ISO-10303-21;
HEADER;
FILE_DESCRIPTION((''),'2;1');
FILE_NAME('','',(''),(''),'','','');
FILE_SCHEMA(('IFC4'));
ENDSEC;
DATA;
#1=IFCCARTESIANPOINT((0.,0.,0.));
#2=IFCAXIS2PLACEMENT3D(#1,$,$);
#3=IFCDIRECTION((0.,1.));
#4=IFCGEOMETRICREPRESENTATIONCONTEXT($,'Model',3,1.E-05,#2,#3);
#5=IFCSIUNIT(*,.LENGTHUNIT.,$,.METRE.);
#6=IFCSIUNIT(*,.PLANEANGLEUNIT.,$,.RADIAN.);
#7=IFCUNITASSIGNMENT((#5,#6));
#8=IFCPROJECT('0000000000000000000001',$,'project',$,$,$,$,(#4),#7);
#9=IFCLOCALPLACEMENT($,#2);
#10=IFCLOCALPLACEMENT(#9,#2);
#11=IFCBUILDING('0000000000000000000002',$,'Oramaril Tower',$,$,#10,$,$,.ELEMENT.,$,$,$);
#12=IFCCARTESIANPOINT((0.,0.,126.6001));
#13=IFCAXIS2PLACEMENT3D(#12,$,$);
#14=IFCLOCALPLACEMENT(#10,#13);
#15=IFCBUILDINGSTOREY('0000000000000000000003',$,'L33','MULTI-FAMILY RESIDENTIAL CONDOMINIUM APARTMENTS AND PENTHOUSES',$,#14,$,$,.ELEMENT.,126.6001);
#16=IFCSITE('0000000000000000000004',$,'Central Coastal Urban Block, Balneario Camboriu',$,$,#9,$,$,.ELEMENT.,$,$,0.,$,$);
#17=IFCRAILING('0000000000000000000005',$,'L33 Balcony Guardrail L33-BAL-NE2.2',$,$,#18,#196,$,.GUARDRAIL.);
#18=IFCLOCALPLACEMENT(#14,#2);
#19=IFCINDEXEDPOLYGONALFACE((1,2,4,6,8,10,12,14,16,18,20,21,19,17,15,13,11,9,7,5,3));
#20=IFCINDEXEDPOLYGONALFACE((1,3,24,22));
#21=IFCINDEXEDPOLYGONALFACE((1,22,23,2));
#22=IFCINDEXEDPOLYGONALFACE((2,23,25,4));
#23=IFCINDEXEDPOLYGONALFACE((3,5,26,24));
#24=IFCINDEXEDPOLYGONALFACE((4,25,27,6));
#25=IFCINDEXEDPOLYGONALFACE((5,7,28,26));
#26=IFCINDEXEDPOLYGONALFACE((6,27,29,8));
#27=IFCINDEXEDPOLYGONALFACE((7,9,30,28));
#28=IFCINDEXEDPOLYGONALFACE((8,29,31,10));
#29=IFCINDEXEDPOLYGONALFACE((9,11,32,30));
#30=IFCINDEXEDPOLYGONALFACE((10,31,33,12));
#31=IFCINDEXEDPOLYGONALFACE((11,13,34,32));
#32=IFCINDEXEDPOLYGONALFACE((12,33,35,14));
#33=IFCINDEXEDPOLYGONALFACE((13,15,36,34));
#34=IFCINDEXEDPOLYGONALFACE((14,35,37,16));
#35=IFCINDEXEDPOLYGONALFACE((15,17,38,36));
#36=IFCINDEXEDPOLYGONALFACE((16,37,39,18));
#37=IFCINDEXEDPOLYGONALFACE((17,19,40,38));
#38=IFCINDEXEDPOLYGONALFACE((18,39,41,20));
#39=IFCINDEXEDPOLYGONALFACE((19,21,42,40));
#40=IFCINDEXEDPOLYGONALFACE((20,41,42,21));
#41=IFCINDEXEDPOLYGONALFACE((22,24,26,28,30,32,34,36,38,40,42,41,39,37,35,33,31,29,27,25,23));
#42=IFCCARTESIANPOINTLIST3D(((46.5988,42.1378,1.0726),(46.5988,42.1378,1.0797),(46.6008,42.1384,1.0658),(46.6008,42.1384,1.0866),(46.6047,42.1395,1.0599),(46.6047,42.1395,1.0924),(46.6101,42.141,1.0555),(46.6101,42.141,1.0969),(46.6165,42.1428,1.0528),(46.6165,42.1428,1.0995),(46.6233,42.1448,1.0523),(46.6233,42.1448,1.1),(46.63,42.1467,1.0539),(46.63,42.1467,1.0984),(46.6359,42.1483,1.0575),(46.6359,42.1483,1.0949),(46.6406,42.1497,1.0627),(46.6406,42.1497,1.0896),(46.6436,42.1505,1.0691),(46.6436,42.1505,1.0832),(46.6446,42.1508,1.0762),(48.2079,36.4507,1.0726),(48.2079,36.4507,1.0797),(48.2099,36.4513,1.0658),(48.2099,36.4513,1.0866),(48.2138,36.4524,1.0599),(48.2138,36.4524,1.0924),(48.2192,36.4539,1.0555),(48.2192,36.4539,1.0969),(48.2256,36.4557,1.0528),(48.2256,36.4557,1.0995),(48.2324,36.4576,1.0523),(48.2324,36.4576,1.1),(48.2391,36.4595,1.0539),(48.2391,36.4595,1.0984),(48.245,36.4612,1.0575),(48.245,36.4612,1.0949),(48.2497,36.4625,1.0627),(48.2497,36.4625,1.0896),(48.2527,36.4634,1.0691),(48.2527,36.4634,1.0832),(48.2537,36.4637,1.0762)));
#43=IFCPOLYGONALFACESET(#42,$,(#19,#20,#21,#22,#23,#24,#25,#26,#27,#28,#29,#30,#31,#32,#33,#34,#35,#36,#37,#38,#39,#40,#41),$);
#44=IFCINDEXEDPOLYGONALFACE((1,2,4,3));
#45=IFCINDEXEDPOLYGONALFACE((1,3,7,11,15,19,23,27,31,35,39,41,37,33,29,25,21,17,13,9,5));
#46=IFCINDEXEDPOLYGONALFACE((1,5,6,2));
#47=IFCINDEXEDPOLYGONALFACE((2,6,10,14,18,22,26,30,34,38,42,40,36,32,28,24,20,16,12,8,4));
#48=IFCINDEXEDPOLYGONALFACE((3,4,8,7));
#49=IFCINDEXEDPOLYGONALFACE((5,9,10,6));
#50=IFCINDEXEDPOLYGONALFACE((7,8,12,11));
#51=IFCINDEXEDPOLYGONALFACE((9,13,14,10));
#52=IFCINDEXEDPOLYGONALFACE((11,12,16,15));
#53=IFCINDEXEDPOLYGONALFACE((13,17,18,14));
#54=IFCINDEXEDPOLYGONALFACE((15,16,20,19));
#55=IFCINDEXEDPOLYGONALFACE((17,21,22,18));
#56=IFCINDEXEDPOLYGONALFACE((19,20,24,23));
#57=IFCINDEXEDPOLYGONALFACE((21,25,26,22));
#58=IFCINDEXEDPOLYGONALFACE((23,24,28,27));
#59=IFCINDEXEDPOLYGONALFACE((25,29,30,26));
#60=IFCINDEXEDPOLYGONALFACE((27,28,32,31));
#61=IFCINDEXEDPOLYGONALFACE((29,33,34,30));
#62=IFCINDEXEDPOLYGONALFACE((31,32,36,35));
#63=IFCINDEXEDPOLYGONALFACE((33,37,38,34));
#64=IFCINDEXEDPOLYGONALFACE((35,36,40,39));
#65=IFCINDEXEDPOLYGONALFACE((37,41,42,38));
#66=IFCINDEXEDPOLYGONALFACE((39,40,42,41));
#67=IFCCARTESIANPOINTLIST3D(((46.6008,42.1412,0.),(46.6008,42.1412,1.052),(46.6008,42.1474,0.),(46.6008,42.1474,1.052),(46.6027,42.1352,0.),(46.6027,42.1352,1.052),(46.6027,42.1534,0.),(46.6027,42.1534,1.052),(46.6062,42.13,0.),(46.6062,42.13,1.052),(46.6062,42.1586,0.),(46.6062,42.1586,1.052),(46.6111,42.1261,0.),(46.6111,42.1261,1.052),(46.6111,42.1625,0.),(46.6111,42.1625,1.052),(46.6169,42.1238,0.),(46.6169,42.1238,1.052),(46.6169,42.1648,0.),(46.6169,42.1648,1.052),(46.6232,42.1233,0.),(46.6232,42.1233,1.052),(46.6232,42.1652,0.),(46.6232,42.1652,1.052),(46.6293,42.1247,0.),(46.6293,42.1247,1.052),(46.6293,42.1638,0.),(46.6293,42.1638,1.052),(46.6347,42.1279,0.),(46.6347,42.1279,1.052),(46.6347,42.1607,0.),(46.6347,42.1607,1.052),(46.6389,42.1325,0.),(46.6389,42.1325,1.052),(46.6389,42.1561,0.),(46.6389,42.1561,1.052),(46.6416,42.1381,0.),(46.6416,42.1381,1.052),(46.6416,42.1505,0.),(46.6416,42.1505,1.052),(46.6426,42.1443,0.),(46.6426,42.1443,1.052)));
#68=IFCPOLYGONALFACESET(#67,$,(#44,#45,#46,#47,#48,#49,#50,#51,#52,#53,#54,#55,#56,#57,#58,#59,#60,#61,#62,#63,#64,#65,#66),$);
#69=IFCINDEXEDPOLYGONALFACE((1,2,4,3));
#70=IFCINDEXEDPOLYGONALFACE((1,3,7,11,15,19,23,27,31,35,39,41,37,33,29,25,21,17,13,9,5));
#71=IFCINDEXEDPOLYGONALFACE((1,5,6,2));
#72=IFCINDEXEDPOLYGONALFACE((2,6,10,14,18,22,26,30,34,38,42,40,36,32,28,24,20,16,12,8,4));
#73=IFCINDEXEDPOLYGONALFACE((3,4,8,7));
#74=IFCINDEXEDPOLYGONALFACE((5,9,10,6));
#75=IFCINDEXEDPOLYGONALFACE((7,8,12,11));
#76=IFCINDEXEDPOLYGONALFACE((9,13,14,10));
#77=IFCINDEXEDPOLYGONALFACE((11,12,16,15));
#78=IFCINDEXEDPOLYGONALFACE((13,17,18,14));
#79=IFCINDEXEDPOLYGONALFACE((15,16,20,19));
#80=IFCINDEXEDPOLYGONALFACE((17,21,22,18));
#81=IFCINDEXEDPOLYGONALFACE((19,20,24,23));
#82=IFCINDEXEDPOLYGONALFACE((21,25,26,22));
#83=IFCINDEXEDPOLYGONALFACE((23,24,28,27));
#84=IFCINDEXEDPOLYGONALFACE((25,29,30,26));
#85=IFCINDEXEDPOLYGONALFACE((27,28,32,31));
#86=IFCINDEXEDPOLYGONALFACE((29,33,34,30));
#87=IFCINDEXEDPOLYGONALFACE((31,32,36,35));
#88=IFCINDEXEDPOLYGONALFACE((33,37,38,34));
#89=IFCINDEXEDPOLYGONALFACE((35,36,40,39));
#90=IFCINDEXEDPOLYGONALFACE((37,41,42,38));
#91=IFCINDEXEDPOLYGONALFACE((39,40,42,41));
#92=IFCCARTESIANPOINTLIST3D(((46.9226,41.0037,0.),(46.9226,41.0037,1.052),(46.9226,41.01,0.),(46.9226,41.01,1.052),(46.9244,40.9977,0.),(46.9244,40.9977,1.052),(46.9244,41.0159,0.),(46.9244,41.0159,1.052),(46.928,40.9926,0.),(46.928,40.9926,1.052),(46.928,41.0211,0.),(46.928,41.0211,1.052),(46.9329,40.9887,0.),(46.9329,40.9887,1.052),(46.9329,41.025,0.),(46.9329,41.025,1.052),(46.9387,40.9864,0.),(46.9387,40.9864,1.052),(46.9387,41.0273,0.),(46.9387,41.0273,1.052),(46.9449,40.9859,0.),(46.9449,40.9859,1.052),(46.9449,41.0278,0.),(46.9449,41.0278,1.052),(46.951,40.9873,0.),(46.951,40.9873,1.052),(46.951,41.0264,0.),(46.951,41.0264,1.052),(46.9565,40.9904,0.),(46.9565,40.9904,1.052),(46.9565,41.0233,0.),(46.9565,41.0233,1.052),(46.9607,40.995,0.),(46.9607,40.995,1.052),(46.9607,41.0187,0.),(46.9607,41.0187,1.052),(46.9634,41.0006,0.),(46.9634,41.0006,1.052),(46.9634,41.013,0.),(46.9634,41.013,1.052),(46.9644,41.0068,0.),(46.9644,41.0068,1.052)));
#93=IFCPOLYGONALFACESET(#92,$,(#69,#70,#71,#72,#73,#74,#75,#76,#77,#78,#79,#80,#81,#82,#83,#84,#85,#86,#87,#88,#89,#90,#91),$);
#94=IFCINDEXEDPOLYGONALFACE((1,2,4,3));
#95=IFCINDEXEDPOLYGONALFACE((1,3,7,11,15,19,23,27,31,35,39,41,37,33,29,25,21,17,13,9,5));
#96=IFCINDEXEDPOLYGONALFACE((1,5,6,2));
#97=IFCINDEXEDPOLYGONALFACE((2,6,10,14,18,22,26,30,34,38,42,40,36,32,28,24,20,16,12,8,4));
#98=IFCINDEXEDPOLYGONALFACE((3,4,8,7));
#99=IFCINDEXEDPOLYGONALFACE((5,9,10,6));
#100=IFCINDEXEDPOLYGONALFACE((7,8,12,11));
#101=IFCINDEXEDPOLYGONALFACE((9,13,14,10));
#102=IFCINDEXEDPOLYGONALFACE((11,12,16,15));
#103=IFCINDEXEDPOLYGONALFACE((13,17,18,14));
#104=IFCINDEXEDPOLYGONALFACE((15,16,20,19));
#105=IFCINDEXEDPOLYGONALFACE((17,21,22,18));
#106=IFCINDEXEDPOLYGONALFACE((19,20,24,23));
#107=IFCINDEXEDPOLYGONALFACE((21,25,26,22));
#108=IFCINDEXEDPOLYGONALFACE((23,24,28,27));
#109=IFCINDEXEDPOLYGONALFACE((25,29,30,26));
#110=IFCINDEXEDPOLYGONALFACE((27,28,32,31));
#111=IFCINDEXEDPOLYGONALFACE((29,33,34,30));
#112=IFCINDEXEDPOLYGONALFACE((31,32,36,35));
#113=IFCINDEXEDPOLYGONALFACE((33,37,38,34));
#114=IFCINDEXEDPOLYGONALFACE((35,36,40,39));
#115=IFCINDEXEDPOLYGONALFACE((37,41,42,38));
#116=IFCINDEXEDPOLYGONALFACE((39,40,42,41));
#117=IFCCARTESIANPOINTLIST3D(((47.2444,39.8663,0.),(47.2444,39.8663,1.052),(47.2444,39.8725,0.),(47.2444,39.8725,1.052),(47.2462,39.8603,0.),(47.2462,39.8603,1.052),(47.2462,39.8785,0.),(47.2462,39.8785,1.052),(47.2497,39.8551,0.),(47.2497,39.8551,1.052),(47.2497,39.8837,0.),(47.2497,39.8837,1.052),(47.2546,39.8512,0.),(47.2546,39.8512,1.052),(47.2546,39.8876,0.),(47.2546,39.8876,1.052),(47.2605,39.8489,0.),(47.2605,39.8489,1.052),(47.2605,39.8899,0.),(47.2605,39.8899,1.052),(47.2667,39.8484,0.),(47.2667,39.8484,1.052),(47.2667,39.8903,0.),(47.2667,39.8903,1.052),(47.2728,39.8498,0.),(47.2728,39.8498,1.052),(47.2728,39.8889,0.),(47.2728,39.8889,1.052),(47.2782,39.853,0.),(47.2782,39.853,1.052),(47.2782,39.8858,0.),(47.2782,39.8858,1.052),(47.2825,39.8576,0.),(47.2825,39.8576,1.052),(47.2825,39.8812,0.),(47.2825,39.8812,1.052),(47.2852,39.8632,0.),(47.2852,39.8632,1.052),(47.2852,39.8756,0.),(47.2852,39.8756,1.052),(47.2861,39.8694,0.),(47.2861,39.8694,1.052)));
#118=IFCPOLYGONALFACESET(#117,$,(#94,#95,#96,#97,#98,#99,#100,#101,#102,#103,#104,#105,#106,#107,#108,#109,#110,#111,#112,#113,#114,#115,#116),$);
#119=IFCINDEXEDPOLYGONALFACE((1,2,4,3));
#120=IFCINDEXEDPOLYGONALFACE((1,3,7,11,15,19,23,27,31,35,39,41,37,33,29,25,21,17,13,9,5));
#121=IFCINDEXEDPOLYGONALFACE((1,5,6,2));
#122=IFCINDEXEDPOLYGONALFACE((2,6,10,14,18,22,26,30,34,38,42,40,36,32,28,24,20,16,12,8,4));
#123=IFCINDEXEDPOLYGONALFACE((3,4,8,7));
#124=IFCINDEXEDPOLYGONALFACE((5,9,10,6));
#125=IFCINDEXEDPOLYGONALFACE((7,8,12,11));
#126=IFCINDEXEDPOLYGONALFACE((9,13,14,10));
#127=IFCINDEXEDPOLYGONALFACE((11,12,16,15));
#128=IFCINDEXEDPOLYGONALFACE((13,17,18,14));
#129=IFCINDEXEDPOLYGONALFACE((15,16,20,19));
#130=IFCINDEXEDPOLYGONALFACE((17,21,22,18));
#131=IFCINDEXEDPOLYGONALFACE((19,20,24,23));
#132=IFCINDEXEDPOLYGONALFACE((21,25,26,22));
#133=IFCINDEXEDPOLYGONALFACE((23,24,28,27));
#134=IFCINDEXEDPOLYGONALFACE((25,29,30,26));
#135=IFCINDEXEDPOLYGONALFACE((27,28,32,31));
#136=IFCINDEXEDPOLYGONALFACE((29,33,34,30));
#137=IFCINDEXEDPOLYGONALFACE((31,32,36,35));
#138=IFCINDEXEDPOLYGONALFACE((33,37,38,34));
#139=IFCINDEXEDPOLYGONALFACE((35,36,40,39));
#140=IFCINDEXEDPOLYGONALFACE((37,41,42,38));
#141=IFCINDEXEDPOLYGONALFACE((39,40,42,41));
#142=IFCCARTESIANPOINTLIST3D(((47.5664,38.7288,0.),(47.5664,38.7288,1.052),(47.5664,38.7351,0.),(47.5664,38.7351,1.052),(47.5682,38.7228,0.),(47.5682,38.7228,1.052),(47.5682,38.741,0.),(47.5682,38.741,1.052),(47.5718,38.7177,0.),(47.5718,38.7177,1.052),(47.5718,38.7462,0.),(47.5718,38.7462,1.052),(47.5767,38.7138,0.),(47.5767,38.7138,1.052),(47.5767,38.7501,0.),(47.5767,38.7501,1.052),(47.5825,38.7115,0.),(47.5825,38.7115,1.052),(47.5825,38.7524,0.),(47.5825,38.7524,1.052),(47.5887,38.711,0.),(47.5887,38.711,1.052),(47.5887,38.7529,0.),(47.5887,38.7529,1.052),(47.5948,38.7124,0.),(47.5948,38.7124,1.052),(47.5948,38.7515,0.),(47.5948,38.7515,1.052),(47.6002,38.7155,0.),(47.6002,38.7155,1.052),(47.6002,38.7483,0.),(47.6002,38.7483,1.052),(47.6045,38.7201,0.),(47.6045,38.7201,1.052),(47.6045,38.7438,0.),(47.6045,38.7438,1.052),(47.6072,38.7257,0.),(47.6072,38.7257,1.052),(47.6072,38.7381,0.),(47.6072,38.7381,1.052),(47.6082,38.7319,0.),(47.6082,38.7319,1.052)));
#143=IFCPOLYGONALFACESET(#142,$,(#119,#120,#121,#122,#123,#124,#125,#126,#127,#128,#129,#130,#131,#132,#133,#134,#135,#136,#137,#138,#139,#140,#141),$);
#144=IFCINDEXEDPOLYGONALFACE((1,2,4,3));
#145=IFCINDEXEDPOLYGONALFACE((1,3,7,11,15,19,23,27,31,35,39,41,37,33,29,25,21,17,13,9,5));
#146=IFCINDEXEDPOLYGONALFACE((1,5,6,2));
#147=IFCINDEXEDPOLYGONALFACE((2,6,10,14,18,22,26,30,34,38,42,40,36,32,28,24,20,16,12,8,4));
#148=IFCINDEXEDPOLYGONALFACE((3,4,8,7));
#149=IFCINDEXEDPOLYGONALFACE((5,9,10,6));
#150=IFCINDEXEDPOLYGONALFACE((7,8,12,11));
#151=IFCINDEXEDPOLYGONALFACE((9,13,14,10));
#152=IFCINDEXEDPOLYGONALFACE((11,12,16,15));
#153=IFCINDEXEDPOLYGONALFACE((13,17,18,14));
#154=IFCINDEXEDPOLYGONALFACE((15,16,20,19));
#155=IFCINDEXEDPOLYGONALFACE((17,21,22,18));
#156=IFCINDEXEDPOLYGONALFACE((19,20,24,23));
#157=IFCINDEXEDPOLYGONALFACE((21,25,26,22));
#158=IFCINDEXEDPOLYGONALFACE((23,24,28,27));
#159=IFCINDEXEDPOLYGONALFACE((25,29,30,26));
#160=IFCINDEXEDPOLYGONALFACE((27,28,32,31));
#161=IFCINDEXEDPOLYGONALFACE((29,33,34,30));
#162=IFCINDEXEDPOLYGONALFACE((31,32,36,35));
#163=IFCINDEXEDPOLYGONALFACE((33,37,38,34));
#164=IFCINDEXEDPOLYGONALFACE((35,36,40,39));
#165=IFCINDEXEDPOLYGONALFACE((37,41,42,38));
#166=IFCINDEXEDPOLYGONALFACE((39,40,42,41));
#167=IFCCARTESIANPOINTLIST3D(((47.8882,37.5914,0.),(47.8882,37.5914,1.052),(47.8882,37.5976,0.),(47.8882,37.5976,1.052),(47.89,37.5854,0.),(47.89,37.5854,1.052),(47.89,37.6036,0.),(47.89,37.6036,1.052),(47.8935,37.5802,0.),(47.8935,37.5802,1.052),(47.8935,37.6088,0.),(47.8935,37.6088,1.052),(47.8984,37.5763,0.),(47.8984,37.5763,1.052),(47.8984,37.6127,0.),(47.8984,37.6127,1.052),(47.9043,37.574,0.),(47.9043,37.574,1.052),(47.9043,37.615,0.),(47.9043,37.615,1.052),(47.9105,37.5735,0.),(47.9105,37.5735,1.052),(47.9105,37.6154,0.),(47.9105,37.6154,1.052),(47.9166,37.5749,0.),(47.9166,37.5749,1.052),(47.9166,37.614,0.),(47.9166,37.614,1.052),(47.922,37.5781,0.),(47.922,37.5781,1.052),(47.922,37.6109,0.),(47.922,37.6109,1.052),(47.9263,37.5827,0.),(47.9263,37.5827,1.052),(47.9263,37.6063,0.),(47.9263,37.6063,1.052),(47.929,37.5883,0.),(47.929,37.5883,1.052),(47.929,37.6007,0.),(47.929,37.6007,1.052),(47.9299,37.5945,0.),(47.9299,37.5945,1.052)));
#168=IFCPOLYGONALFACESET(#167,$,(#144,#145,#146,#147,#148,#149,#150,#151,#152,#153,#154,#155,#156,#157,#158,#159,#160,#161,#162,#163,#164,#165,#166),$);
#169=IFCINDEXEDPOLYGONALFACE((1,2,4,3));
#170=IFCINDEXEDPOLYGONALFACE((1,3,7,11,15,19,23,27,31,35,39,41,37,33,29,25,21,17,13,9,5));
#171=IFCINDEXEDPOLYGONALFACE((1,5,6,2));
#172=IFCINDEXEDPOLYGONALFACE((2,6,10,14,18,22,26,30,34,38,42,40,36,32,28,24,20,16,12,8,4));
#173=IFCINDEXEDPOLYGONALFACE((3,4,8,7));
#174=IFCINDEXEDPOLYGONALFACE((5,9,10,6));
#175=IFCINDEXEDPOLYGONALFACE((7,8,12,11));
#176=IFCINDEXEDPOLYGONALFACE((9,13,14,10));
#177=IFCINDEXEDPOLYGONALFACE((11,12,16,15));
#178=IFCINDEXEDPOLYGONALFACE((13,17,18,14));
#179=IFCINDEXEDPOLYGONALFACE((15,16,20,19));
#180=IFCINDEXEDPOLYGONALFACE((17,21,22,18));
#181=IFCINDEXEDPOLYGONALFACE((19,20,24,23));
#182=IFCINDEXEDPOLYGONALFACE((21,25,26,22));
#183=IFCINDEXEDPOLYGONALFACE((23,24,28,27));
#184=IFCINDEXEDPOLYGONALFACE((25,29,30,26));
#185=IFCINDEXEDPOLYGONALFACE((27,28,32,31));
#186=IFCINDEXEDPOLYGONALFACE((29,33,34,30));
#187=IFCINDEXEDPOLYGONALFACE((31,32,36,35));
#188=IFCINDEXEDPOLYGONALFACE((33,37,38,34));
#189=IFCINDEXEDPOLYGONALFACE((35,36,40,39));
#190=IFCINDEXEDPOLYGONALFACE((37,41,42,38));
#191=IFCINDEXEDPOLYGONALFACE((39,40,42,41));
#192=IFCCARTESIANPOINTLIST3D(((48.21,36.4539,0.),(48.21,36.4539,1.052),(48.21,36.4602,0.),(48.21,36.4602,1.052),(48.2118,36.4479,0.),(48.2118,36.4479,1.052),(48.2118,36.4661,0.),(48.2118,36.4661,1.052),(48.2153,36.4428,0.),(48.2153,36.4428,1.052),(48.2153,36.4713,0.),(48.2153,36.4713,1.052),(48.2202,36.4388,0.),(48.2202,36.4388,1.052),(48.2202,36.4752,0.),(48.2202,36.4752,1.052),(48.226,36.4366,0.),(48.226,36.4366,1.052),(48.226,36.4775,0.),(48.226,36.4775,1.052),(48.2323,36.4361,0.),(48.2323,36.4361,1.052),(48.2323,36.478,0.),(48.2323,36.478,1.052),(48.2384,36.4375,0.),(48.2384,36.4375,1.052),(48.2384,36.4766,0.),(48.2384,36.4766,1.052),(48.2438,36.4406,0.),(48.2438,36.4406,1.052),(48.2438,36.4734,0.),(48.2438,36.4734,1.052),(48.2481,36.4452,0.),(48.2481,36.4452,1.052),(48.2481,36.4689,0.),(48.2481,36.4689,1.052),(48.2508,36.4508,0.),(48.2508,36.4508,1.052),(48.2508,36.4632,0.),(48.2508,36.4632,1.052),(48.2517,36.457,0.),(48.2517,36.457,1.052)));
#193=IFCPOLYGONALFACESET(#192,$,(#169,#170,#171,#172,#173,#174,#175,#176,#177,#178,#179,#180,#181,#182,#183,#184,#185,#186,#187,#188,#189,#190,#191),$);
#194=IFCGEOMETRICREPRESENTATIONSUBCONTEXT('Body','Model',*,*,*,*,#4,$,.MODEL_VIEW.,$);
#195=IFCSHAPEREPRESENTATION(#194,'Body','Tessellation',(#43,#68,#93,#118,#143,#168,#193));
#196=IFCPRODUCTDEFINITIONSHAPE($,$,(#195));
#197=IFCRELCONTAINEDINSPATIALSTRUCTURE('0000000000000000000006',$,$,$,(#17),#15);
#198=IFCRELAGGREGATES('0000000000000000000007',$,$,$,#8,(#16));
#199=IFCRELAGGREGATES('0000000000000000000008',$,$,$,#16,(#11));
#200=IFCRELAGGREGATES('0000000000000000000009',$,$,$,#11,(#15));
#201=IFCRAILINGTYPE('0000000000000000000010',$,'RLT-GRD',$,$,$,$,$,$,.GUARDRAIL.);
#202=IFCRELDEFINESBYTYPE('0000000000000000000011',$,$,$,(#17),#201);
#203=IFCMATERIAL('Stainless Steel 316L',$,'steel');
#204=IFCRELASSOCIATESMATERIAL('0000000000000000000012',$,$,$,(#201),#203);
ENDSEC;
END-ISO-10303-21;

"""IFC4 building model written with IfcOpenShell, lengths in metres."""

from ifc_helpers import new_model, si_unit, direction, frame, origin, origin_2d, place, context, subcontext, project, spatial, circle, extrude, material, type_object, element, save


model = new_model("IFC4")

# Units and contexts
model_context = context("Model", 3, precision=1e-05, world=origin(), true_north=direction((0.0, 1.0)))
body_context = subcontext(model_context, "Body", "Model", "MODEL_VIEW")
ifc_project = project(units=[si_unit("LENGTHUNIT", "METRE"), si_unit("PLANEANGLEUNIT", "RADIAN")], contexts=[model_context])

# Site, building, storey
site_placement = place(None, origin())
site = spatial("IfcSite", under=ifc_project, at=site_placement, Name="Central Coastal Urban Block, Balneario Camboriu", CompositionType="ELEMENT", RefElevation=0.0)
building_placement = place(site_placement, origin())
building = spatial("IfcBuilding", under=site, at=building_placement, Name="Oramaril Tower", CompositionType="ELEMENT")
storey_placement = place(building_placement, frame((0.0, 0.0, 126.6001)))
storey = spatial("IfcBuildingStorey", under=building, at=storey_placement, Name="L33", Description="MULTI-FAMILY RESIDENTIAL CONDOMINIUM APARTMENTS AND PENTHOUSES", CompositionType="ELEMENT", Elevation=126.6001)

# Railing
ifc_material_1 = material(Name="Stainless Steel 316L", Category="steel")
railing_type = type_object("IfcRailingType", Name="RLT-GRD", PredefinedType="GUARDRAIL", material=ifc_material_1)
railing_1_placement = place(storey_placement, frame((46.6216, 42.1443, 0.0)))
element("IfcRailing", 1, at=railing_1_placement, inside=storey, type_object=railing_type, Name="L33 Balcony Guardrail L33-BAL-NE2.2", PredefinedType="GUARDRAIL", context=body_context, shape_type="SweptSolid", body=[
    extrude(circle(Radius=0.0239, at=origin_2d()), frame((0.0, 0.0, 1.0762), z_axis=(0.272249, -0.962227, 0.0), x_axis=(0.962227, 0.272249, 0.0)), (0.0, 0.0, 1.0), 5.9104),
    extrude(circle(Radius=0.021, at=origin_2d()), origin(), (0.0, 0.0, 1.0), 1.052),
    extrude(circle(Radius=0.021, at=origin_2d()), frame((0.3218, -1.1375, 0.0)), (0.0, 0.0, 1.0), 1.052),
    extrude(circle(Radius=0.021, at=origin_2d()), frame((0.6436, -2.2749, 0.0)), (0.0, 0.0, 1.0), 1.052),
    extrude(circle(Radius=0.021, at=origin_2d()), frame((0.9656, -3.4124, 0.0)), (0.0, 0.0, 1.0), 1.052),
    extrude(circle(Radius=0.021, at=origin_2d()), frame((1.2874, -4.5498, 0.0)), (0.0, 0.0, 1.0), 1.052),
    extrude(circle(Radius=0.021, at=origin_2d()), frame((1.6091, -5.6873, 0.0)), (0.0, 0.0, 1.0), 1.052),
])

save(model, "model.ifc")
